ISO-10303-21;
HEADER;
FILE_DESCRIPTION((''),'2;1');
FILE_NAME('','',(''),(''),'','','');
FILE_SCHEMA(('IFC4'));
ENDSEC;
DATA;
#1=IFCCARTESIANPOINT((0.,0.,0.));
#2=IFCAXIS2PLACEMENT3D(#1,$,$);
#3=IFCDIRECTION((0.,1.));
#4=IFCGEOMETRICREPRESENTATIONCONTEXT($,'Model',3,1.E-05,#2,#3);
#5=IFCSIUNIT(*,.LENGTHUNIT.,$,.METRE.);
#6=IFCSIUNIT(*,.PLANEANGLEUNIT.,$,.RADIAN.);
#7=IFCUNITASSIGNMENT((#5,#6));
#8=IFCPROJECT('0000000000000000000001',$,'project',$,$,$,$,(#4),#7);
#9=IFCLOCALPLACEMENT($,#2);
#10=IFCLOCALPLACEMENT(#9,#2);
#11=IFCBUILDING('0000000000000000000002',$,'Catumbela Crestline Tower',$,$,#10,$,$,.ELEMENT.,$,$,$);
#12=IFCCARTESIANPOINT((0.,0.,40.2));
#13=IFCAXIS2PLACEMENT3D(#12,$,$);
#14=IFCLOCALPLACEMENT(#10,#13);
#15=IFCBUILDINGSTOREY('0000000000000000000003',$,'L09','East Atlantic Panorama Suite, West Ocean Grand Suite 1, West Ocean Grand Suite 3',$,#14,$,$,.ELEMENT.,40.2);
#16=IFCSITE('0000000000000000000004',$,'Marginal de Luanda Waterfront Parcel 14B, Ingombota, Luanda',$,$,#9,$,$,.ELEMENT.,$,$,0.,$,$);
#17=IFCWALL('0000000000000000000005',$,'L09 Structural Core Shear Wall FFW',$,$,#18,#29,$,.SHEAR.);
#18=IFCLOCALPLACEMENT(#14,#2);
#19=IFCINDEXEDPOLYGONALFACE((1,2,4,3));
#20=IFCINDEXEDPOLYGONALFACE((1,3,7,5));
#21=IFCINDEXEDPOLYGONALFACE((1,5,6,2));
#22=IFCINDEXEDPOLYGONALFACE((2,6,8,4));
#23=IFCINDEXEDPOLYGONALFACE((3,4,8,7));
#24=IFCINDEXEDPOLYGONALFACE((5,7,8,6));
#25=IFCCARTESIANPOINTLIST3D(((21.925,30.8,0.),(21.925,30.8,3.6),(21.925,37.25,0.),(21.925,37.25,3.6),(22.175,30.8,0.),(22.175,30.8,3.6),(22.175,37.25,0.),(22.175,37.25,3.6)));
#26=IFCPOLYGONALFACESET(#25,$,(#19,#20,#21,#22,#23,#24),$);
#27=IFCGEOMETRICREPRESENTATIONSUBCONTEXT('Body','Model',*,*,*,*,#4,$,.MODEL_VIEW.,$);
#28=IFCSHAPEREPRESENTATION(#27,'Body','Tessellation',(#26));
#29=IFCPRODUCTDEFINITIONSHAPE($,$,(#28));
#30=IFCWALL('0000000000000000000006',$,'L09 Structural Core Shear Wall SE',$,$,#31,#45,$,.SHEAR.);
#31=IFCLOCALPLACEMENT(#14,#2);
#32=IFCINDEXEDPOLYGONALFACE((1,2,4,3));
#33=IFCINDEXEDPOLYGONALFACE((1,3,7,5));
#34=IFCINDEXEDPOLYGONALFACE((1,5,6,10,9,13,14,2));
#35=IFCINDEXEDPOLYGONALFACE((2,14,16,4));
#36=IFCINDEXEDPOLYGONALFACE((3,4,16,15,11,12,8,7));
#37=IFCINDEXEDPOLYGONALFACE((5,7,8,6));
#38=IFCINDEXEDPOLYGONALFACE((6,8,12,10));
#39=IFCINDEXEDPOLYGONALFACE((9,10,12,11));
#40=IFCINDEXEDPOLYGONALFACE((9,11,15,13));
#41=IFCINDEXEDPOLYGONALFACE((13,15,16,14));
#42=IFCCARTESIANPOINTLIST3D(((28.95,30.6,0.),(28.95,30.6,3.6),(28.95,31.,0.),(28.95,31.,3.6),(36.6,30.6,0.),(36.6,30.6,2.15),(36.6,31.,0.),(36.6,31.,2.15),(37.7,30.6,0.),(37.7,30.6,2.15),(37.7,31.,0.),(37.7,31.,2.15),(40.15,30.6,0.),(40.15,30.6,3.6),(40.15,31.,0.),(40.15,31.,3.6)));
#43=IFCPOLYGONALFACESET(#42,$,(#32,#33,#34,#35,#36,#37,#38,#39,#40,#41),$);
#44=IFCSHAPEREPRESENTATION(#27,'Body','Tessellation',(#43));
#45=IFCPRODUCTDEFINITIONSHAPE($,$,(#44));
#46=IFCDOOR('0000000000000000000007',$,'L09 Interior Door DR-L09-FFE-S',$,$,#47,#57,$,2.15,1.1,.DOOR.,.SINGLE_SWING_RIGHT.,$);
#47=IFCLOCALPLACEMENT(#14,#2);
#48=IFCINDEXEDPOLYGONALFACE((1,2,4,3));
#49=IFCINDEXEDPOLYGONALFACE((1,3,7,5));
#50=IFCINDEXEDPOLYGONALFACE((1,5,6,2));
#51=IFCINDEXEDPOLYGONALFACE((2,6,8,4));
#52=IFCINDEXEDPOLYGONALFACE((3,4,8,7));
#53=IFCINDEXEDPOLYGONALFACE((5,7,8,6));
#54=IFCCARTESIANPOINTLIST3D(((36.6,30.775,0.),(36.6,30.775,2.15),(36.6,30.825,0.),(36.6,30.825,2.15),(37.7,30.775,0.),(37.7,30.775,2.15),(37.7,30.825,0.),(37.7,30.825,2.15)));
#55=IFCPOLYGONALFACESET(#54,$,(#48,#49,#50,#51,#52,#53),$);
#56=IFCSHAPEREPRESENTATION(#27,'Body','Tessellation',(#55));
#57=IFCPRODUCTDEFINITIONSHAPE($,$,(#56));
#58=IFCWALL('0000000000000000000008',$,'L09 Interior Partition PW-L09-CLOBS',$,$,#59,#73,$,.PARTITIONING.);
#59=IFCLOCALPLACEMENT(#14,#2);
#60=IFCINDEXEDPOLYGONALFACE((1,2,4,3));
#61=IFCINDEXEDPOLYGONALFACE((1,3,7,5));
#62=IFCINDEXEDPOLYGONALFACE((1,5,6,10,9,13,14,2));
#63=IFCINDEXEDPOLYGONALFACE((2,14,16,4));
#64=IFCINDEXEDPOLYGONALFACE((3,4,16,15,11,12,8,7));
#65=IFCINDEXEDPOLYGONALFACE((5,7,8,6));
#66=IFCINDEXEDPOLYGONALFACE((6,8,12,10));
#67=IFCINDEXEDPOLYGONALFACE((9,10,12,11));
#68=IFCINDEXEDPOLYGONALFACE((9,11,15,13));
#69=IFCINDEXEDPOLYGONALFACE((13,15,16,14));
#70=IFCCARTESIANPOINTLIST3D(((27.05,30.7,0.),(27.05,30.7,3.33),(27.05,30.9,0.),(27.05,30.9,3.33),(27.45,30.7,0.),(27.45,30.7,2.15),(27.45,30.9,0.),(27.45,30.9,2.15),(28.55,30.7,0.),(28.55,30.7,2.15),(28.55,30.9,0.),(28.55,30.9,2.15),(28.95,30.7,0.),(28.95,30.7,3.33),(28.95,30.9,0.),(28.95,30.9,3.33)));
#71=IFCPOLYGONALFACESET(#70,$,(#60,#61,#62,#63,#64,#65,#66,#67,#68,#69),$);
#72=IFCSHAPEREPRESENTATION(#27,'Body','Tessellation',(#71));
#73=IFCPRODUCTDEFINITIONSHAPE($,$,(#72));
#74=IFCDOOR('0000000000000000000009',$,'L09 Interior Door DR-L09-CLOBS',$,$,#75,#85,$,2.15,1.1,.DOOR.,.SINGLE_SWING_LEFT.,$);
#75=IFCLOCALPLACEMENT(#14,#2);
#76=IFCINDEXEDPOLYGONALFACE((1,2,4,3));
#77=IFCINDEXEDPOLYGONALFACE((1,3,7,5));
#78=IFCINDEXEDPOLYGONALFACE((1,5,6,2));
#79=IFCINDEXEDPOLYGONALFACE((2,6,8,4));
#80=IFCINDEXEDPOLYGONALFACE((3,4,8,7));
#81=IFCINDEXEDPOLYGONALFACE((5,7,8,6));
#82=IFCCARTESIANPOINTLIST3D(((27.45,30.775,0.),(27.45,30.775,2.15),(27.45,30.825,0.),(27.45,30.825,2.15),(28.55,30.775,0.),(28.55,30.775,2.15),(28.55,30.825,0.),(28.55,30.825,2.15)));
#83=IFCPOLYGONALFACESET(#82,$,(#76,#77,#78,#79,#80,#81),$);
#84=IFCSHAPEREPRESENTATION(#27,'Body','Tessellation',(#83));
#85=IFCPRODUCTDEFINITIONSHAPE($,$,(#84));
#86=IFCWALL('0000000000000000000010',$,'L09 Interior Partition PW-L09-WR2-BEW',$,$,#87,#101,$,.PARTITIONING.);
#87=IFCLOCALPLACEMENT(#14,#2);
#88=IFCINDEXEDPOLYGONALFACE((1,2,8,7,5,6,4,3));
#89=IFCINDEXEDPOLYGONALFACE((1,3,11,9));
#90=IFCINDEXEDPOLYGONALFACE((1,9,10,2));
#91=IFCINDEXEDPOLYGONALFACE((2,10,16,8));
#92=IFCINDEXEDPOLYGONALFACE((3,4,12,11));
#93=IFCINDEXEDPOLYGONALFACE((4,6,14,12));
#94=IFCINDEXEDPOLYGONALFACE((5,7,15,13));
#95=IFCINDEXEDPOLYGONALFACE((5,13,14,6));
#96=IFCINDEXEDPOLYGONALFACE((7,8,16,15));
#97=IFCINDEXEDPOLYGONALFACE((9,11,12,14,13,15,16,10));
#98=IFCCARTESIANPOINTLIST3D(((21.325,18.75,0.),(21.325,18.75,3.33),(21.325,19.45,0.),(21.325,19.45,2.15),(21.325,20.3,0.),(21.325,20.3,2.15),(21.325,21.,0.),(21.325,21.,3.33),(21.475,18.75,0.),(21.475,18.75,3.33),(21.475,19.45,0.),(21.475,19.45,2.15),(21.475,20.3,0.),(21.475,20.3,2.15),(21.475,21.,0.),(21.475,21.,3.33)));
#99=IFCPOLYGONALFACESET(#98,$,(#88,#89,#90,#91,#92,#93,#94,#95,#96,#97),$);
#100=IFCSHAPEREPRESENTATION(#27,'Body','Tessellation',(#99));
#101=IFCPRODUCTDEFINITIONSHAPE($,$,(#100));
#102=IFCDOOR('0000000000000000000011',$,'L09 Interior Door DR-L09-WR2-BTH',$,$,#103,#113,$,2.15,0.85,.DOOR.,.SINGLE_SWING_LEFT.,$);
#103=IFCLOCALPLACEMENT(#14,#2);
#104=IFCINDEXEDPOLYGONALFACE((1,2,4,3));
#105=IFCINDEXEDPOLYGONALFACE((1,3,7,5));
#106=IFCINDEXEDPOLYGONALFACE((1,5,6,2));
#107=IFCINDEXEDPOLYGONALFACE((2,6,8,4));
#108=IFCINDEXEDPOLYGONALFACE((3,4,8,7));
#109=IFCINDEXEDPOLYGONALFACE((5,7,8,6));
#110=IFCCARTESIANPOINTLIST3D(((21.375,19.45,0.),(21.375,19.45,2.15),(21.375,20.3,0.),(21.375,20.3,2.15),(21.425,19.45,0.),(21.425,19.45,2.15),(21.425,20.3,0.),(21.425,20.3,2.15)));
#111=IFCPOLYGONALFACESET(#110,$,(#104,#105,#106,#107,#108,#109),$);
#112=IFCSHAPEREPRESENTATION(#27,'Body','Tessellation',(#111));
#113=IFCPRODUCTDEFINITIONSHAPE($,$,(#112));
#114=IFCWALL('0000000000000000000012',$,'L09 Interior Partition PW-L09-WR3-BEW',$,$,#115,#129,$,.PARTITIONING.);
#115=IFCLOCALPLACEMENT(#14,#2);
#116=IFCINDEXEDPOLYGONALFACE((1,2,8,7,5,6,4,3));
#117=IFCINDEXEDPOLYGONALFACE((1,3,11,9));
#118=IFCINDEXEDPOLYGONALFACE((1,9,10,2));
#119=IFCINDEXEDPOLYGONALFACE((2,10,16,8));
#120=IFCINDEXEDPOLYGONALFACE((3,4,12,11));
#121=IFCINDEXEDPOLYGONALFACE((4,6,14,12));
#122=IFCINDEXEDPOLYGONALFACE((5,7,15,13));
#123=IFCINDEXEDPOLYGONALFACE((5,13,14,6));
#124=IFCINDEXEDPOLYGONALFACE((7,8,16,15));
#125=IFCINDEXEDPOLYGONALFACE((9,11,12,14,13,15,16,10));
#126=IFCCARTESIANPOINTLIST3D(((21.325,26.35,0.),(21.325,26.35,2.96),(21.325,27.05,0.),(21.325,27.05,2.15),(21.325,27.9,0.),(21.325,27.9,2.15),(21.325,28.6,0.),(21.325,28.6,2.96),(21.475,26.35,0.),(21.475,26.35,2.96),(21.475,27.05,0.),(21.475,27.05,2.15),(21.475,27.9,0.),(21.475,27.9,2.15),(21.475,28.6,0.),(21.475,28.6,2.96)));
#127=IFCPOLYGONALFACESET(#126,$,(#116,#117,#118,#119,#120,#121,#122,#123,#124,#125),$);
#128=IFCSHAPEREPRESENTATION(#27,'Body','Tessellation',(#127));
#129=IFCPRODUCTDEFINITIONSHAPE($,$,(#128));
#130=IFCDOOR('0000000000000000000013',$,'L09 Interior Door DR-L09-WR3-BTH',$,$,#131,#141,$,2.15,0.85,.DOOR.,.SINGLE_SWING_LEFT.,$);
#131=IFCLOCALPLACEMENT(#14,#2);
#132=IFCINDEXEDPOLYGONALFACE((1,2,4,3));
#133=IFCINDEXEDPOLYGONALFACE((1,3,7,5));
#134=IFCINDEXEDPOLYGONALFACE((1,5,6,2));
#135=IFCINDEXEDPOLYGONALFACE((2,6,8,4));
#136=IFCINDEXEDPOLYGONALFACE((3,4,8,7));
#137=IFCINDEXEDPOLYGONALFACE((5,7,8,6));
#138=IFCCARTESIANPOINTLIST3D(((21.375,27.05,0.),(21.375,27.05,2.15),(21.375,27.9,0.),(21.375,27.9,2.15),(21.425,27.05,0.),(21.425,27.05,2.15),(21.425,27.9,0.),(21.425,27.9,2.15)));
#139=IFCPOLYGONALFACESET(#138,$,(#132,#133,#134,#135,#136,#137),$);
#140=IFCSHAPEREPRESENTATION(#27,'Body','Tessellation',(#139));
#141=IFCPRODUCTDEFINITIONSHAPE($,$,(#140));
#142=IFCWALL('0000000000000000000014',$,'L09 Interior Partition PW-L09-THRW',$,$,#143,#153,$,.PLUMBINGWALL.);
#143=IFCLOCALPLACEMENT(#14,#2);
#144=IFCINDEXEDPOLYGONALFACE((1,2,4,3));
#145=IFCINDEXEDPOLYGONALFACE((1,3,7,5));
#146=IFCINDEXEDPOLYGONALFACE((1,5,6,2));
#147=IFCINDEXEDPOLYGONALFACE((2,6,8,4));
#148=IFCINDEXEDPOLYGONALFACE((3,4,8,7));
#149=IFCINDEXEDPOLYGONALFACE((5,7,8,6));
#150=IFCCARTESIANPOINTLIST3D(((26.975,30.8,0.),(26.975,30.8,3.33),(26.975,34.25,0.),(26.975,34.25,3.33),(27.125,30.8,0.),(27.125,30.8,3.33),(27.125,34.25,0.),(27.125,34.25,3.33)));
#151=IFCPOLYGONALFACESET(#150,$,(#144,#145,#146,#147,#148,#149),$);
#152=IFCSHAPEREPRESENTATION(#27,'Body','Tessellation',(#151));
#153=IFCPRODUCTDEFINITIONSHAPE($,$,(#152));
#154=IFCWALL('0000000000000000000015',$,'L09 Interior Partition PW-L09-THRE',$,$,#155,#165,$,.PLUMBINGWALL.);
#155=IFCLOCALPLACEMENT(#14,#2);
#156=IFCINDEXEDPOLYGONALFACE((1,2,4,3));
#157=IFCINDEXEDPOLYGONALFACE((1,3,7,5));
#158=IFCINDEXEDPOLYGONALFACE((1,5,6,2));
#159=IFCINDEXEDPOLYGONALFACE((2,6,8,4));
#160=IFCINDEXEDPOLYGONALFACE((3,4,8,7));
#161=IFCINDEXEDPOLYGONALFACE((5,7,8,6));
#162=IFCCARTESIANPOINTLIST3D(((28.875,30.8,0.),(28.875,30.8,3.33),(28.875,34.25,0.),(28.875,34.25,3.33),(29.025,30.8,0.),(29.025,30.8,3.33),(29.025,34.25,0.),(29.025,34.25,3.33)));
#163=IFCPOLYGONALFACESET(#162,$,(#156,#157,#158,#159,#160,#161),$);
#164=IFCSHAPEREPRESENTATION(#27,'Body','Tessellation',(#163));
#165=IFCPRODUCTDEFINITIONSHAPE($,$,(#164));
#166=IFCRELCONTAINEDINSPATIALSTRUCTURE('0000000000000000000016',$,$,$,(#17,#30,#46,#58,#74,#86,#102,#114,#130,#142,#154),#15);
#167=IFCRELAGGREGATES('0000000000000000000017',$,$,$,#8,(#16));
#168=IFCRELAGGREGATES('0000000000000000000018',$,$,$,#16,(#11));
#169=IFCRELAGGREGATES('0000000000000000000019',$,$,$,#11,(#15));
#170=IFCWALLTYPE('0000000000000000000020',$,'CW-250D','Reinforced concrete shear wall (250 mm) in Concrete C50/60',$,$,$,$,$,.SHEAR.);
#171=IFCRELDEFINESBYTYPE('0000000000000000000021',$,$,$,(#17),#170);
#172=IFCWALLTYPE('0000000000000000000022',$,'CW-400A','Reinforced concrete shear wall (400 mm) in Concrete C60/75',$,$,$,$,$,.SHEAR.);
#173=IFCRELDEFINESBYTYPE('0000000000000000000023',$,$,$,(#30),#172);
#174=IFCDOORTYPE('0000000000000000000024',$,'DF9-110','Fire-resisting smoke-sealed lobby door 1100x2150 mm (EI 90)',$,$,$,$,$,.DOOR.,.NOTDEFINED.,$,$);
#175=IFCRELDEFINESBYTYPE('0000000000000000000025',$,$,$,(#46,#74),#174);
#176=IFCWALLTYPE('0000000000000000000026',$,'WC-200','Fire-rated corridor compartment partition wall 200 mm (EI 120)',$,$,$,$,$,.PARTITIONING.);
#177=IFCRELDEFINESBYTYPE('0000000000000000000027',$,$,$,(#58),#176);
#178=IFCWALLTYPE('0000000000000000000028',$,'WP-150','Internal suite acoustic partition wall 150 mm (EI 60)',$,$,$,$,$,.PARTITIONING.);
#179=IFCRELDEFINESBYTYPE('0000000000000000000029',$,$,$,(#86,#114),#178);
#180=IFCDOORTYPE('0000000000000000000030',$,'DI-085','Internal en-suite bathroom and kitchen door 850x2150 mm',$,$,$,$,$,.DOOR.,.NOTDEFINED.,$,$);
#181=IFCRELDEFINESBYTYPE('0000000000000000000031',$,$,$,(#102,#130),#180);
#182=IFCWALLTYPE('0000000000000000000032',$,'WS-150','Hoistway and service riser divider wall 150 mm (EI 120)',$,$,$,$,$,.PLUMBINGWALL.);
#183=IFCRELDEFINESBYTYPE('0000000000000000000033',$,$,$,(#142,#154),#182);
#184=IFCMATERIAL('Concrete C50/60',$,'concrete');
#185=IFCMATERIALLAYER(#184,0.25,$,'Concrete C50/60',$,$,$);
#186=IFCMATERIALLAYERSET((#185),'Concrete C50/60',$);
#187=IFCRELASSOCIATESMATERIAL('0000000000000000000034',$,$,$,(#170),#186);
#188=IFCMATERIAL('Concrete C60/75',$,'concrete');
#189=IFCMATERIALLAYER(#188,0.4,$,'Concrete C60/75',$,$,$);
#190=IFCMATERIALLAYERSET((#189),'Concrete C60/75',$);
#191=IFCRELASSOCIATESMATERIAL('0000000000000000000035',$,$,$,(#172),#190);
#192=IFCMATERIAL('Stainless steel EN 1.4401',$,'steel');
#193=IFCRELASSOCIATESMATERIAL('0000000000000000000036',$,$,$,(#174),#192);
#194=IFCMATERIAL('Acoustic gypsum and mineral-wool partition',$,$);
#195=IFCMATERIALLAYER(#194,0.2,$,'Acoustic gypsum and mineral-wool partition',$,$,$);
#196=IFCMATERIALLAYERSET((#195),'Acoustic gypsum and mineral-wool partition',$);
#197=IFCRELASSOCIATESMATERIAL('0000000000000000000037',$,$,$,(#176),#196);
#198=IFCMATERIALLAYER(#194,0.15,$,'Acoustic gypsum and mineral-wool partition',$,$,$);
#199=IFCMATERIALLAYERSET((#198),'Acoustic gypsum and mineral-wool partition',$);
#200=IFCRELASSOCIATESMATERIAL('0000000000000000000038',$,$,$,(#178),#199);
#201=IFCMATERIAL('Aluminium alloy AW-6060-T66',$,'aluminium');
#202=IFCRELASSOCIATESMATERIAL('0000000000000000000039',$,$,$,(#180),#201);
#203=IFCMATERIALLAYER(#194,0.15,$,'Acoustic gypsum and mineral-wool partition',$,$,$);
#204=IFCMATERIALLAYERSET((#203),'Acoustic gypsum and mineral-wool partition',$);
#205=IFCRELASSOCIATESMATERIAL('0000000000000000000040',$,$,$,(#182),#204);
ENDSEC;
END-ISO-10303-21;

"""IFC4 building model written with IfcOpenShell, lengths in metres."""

from ifc_helpers import new_model, si_unit, direction, frame, frame_2d, origin, place, context, subcontext, project, spatial, rectangle, extrude, material, layer, layer_set, type_object, element, fill, save


model = new_model("IFC4")

# Units and contexts
model_context = context("Model", 3, precision=1e-05, world=origin(), true_north=direction((0.0, 1.0)))
body_context = subcontext(model_context, "Body", "Model", "MODEL_VIEW")
ifc_project = project(units=[si_unit("LENGTHUNIT", "METRE"), si_unit("PLANEANGLEUNIT", "RADIAN")], contexts=[model_context])

# Site, building, storey
site_placement = place(None, origin())
site = spatial("IfcSite", under=ifc_project, at=site_placement, Name="Marginal de Luanda Waterfront Parcel 14B, Ingombota, Luanda", CompositionType="ELEMENT", RefElevation=0.0)
building_placement = place(site_placement, origin())
building = spatial("IfcBuilding", under=site, at=building_placement, Name="Catumbela Crestline Tower", CompositionType="ELEMENT")
storey_placement = place(building_placement, frame((0.0, 0.0, 40.2)))
storey = spatial("IfcBuildingStorey", under=building, at=storey_placement, Name="L09", Description="East Atlantic Panorama Suite, West Ocean Grand Suite 1, West Ocean Grand Suite 3", CompositionType="ELEMENT", Elevation=40.2)

# Shared definitions
ifc_material_1 = material(Name="Concrete C60/75", Category="concrete")

# Shared definitions
ifc_material_2 = material(Name="Aluminium alloy AW-6060-T66", Category="aluminium")

# Wall
ifc_material_3 = material(Name="Concrete C50/60", Category="concrete")
ifc_layer_1 = layer(ifc_material_3, 0.25, Name="Concrete C50/60")
ifc_layer_set_1 = layer_set([ifc_layer_1], Name="Concrete C50/60")
wall_type_1 = type_object("IfcWallType", Name="CW-250D", Description="Reinforced concrete shear wall (250 mm) in Concrete C50/60", PredefinedType="SHEAR", material=ifc_layer_set_1)
wall_1_placement = place(storey_placement, frame((22.05, 30.8, 0.0), z_axis=(0.0, 0.0, 1.0), x_axis=(0.0, 1.0, 0.0)))
element("IfcWall", 1, at=wall_1_placement, inside=storey, type_object=wall_type_1, Name="L09 Structural Core Shear Wall FFW", PredefinedType="SHEAR", context=body_context, shape_type="SweptSolid", body=[
    extrude(rectangle(XDim=6.45, YDim=0.25, at=frame_2d((3.225, 0.0))), origin(), (0.0, 0.0, 1.0), 3.6),
])

# Walls, openings, doors
ifc_layer_2 = layer(ifc_material_1, 0.4, Name="Concrete C60/75")
ifc_layer_set_2 = layer_set([ifc_layer_2], Name="Concrete C60/75")
wall_type_2 = type_object("IfcWallType", Name="CW-400A", Description="Reinforced concrete shear wall (400 mm) in Concrete C60/75", PredefinedType="SHEAR", material=ifc_layer_set_2)
wall_2_placement = place(storey_placement, frame((28.95, 30.8, 0.0), z_axis=(0.0, 0.0, 1.0), x_axis=(1.0, 0.0, 0.0)))
wall_2 = element("IfcWall", 2, at=wall_2_placement, inside=storey, type_object=wall_type_2, Name="L09 Structural Core Shear Wall SE", PredefinedType="SHEAR", context=body_context, shape_type="SweptSolid", body=[
    extrude(rectangle(XDim=11.2, YDim=0.4, at=frame_2d((5.6, 0.0))), origin(), (0.0, 0.0, 1.0), 3.6),
])
opening_1_placement = place(wall_2_placement, frame((7.65, 0.0, 0.0)))
opening_1 = element("IfcOpeningElement", 3, at=opening_1_placement, cuts=wall_2, PredefinedType="OPENING", context=body_context, shape_type="SweptSolid", body=[
    extrude(rectangle(XDim=1.1, YDim=2.15, at=frame_2d((0.55, 1.075))), frame((0.0, 0.21, 0.0), z_axis=(0.0, -1.0, 0.0), x_axis=(1.0, 0.0, 0.0)), (0.0, 0.0, 1.0), 0.42),
])
ifc_material_4 = material(Name="Stainless steel EN 1.4401", Category="steel")
door_type_1 = type_object("IfcDoorType", Name="DF9-110", Description="Fire-resisting smoke-sealed lobby door 1100x2150 mm (EI 90)", OperationType="NOTDEFINED", PredefinedType="DOOR", material=ifc_material_4)
door_1_placement = place(opening_1_placement, origin())
door_1 = element("IfcDoor", 4, at=door_1_placement, inside=storey, type_object=door_type_1, Name="L09 Interior Door DR-L09-FFE-S", OperationType="SINGLE_SWING_RIGHT", OverallHeight=2.15, OverallWidth=1.1, PredefinedType="DOOR", context=body_context, shape_type="SweptSolid", body=[
    extrude(rectangle(XDim=1.1, YDim=2.15, at=frame_2d((0.55, 1.075))), frame((0.0, 0.025, 0.0), z_axis=(0.0, -1.0, 0.0), x_axis=(1.0, 0.0, 0.0)), (0.0, 0.0, 1.0), 0.05),
])
fill(opening_1, door_1)
ifc_material_5 = material(Name="Acoustic gypsum and mineral-wool partition")
ifc_layer_3 = layer(ifc_material_5, 0.2, Name="Acoustic gypsum and mineral-wool partition")
ifc_layer_set_3 = layer_set([ifc_layer_3], Name="Acoustic gypsum and mineral-wool partition")
wall_type_3 = type_object("IfcWallType", Name="WC-200", Description="Fire-rated corridor compartment partition wall 200 mm (EI 120)", PredefinedType="PARTITIONING", material=ifc_layer_set_3)
wall_3_placement = place(storey_placement, frame((27.05, 30.8, 0.0), z_axis=(0.0, 0.0, 1.0), x_axis=(1.0, 0.0, 0.0)))
wall_3 = element("IfcWall", 5, at=wall_3_placement, inside=storey, type_object=wall_type_3, Name="L09 Interior Partition PW-L09-CLOBS", PredefinedType="PARTITIONING", context=body_context, shape_type="SweptSolid", body=[
    extrude(rectangle(XDim=1.9, YDim=0.2, at=frame_2d((0.95, 0.0))), origin(), (0.0, 0.0, 1.0), 3.33),
])
opening_2_placement = place(wall_3_placement, frame((0.4, 0.0, 0.0)))
opening_2 = element("IfcOpeningElement", 6, at=opening_2_placement, cuts=wall_3, PredefinedType="OPENING", context=body_context, shape_type="SweptSolid", body=[
    extrude(rectangle(XDim=1.1, YDim=2.15, at=frame_2d((0.55, 1.075))), frame((0.0, 0.11, 0.0), z_axis=(0.0, -1.0, 0.0), x_axis=(1.0, 0.0, 0.0)), (0.0, 0.0, 1.0), 0.22),
])
door_2_placement = place(opening_2_placement, origin())
door_2 = element("IfcDoor", 7, at=door_2_placement, inside=storey, type_object=door_type_1, Name="L09 Interior Door DR-L09-CLOBS", OperationType="SINGLE_SWING_LEFT", OverallHeight=2.15, OverallWidth=1.1, PredefinedType="DOOR", context=body_context, shape_type="SweptSolid", body=[
    extrude(rectangle(XDim=1.1, YDim=2.15, at=frame_2d((0.55, 1.075))), frame((0.0, 0.025, 0.0), z_axis=(0.0, -1.0, 0.0), x_axis=(1.0, 0.0, 0.0)), (0.0, 0.0, 1.0), 0.05),
])
fill(opening_2, door_2)
ifc_layer_4 = layer(ifc_material_5, 0.15, Name="Acoustic gypsum and mineral-wool partition")
ifc_layer_set_4 = layer_set([ifc_layer_4], Name="Acoustic gypsum and mineral-wool partition")
wall_type_4 = type_object("IfcWallType", Name="WP-150", Description="Internal suite acoustic partition wall 150 mm (EI 60)", PredefinedType="PARTITIONING", material=ifc_layer_set_4)
wall_4_placement = place(storey_placement, frame((21.4, 18.75, 0.0), z_axis=(0.0, 0.0, 1.0), x_axis=(0.0, 1.0, 0.0)))
wall_4 = element("IfcWall", 8, at=wall_4_placement, inside=storey, type_object=wall_type_4, Name="L09 Interior Partition PW-L09-WR2-BEW", PredefinedType="PARTITIONING", context=body_context, shape_type="SweptSolid", body=[
    extrude(rectangle(XDim=2.25, YDim=0.15, at=frame_2d((1.125, 0.0))), origin(), (0.0, 0.0, 1.0), 3.33),
])
opening_3_placement = place(wall_4_placement, frame((0.7, 0.0, 0.0)))
opening_3 = element("IfcOpeningElement", 9, at=opening_3_placement, cuts=wall_4, PredefinedType="OPENING", context=body_context, shape_type="SweptSolid", body=[
    extrude(rectangle(XDim=0.85, YDim=2.15, at=frame_2d((0.425, 1.075))), frame((0.0, 0.085, 0.0), z_axis=(0.0, -1.0, 0.0), x_axis=(1.0, 0.0, 0.0)), (0.0, 0.0, 1.0), 0.17),
])
door_type_2 = type_object("IfcDoorType", Name="DI-085", Description="Internal en-suite bathroom and kitchen door 850x2150 mm", OperationType="NOTDEFINED", PredefinedType="DOOR", material=ifc_material_2)
door_3_placement = place(opening_3_placement, origin())
door_3 = element("IfcDoor", 10, at=door_3_placement, inside=storey, type_object=door_type_2, Name="L09 Interior Door DR-L09-WR2-BTH", OperationType="SINGLE_SWING_LEFT", OverallHeight=2.15, OverallWidth=0.85, PredefinedType="DOOR", context=body_context, shape_type="SweptSolid", body=[
    extrude(rectangle(XDim=0.85, YDim=2.15, at=frame_2d((0.425, 1.075))), frame((0.0, 0.025, 0.0), z_axis=(0.0, -1.0, 0.0), x_axis=(1.0, 0.0, 0.0)), (0.0, 0.0, 1.0), 0.05),
])
fill(opening_3, door_3)
wall_5_placement = place(storey_placement, frame((21.4, 26.35, 0.0), z_axis=(0.0, 0.0, 1.0), x_axis=(0.0, 1.0, 0.0)))
wall_5 = element("IfcWall", 11, at=wall_5_placement, inside=storey, type_object=wall_type_4, Name="L09 Interior Partition PW-L09-WR3-BEW", PredefinedType="PARTITIONING", context=body_context, shape_type="SweptSolid", body=[
    extrude(rectangle(XDim=2.25, YDim=0.15, at=frame_2d((1.125, 0.0))), origin(), (0.0, 0.0, 1.0), 2.96),
])
opening_4_placement = place(wall_5_placement, frame((0.7, 0.0, 0.0)))
opening_4 = element("IfcOpeningElement", 12, at=opening_4_placement, cuts=wall_5, PredefinedType="OPENING", context=body_context, shape_type="SweptSolid", body=[
    extrude(rectangle(XDim=0.85, YDim=2.15, at=frame_2d((0.425, 1.075))), frame((0.0, 0.085, 0.0), z_axis=(0.0, -1.0, 0.0), x_axis=(1.0, 0.0, 0.0)), (0.0, 0.0, 1.0), 0.17),
])
door_4_placement = place(opening_4_placement, origin())
door_4 = element("IfcDoor", 13, at=door_4_placement, inside=storey, type_object=door_type_2, Name="L09 Interior Door DR-L09-WR3-BTH", OperationType="SINGLE_SWING_LEFT", OverallHeight=2.15, OverallWidth=0.85, PredefinedType="DOOR", context=body_context, shape_type="SweptSolid", body=[
    extrude(rectangle(XDim=0.85, YDim=2.15, at=frame_2d((0.425, 1.075))), frame((0.0, 0.025, 0.0), z_axis=(0.0, -1.0, 0.0), x_axis=(1.0, 0.0, 0.0)), (0.0, 0.0, 1.0), 0.05),
])
fill(opening_4, door_4)

# Walls
ifc_layer_5 = layer(ifc_material_5, 0.15, Name="Acoustic gypsum and mineral-wool partition")
ifc_layer_set_5 = layer_set([ifc_layer_5], Name="Acoustic gypsum and mineral-wool partition")
wall_type_5 = type_object("IfcWallType", Name="WS-150", Description="Hoistway and service riser divider wall 150 mm (EI 120)", PredefinedType="PLUMBINGWALL", material=ifc_layer_set_5)
for number, where, z_axis, x_axis, name in (
    (14, (27.05, 30.8, 0.0), (0.0, 0.0, 1.0), (0.0, 1.0, 0.0), "L09 Interior Partition PW-L09-THRW"),
    (15, (28.95, 30.8, 0.0), (0.0, 0.0, 1.0), (0.0, 1.0, 0.0), "L09 Interior Partition PW-L09-THRE"),
):
    element("IfcWall", number, at=place(storey_placement, frame(where, z_axis=z_axis, x_axis=x_axis)), inside=storey, type_object=wall_type_5, Name=name, PredefinedType="PLUMBINGWALL", context=body_context, shape_type="SweptSolid", body=[
        extrude(rectangle(XDim=3.45, YDim=0.15, at=frame_2d((1.725, 0.0))), origin(), (0.0, 0.0, 1.0), 3.33),
    ])

save(model, "model.ifc")
